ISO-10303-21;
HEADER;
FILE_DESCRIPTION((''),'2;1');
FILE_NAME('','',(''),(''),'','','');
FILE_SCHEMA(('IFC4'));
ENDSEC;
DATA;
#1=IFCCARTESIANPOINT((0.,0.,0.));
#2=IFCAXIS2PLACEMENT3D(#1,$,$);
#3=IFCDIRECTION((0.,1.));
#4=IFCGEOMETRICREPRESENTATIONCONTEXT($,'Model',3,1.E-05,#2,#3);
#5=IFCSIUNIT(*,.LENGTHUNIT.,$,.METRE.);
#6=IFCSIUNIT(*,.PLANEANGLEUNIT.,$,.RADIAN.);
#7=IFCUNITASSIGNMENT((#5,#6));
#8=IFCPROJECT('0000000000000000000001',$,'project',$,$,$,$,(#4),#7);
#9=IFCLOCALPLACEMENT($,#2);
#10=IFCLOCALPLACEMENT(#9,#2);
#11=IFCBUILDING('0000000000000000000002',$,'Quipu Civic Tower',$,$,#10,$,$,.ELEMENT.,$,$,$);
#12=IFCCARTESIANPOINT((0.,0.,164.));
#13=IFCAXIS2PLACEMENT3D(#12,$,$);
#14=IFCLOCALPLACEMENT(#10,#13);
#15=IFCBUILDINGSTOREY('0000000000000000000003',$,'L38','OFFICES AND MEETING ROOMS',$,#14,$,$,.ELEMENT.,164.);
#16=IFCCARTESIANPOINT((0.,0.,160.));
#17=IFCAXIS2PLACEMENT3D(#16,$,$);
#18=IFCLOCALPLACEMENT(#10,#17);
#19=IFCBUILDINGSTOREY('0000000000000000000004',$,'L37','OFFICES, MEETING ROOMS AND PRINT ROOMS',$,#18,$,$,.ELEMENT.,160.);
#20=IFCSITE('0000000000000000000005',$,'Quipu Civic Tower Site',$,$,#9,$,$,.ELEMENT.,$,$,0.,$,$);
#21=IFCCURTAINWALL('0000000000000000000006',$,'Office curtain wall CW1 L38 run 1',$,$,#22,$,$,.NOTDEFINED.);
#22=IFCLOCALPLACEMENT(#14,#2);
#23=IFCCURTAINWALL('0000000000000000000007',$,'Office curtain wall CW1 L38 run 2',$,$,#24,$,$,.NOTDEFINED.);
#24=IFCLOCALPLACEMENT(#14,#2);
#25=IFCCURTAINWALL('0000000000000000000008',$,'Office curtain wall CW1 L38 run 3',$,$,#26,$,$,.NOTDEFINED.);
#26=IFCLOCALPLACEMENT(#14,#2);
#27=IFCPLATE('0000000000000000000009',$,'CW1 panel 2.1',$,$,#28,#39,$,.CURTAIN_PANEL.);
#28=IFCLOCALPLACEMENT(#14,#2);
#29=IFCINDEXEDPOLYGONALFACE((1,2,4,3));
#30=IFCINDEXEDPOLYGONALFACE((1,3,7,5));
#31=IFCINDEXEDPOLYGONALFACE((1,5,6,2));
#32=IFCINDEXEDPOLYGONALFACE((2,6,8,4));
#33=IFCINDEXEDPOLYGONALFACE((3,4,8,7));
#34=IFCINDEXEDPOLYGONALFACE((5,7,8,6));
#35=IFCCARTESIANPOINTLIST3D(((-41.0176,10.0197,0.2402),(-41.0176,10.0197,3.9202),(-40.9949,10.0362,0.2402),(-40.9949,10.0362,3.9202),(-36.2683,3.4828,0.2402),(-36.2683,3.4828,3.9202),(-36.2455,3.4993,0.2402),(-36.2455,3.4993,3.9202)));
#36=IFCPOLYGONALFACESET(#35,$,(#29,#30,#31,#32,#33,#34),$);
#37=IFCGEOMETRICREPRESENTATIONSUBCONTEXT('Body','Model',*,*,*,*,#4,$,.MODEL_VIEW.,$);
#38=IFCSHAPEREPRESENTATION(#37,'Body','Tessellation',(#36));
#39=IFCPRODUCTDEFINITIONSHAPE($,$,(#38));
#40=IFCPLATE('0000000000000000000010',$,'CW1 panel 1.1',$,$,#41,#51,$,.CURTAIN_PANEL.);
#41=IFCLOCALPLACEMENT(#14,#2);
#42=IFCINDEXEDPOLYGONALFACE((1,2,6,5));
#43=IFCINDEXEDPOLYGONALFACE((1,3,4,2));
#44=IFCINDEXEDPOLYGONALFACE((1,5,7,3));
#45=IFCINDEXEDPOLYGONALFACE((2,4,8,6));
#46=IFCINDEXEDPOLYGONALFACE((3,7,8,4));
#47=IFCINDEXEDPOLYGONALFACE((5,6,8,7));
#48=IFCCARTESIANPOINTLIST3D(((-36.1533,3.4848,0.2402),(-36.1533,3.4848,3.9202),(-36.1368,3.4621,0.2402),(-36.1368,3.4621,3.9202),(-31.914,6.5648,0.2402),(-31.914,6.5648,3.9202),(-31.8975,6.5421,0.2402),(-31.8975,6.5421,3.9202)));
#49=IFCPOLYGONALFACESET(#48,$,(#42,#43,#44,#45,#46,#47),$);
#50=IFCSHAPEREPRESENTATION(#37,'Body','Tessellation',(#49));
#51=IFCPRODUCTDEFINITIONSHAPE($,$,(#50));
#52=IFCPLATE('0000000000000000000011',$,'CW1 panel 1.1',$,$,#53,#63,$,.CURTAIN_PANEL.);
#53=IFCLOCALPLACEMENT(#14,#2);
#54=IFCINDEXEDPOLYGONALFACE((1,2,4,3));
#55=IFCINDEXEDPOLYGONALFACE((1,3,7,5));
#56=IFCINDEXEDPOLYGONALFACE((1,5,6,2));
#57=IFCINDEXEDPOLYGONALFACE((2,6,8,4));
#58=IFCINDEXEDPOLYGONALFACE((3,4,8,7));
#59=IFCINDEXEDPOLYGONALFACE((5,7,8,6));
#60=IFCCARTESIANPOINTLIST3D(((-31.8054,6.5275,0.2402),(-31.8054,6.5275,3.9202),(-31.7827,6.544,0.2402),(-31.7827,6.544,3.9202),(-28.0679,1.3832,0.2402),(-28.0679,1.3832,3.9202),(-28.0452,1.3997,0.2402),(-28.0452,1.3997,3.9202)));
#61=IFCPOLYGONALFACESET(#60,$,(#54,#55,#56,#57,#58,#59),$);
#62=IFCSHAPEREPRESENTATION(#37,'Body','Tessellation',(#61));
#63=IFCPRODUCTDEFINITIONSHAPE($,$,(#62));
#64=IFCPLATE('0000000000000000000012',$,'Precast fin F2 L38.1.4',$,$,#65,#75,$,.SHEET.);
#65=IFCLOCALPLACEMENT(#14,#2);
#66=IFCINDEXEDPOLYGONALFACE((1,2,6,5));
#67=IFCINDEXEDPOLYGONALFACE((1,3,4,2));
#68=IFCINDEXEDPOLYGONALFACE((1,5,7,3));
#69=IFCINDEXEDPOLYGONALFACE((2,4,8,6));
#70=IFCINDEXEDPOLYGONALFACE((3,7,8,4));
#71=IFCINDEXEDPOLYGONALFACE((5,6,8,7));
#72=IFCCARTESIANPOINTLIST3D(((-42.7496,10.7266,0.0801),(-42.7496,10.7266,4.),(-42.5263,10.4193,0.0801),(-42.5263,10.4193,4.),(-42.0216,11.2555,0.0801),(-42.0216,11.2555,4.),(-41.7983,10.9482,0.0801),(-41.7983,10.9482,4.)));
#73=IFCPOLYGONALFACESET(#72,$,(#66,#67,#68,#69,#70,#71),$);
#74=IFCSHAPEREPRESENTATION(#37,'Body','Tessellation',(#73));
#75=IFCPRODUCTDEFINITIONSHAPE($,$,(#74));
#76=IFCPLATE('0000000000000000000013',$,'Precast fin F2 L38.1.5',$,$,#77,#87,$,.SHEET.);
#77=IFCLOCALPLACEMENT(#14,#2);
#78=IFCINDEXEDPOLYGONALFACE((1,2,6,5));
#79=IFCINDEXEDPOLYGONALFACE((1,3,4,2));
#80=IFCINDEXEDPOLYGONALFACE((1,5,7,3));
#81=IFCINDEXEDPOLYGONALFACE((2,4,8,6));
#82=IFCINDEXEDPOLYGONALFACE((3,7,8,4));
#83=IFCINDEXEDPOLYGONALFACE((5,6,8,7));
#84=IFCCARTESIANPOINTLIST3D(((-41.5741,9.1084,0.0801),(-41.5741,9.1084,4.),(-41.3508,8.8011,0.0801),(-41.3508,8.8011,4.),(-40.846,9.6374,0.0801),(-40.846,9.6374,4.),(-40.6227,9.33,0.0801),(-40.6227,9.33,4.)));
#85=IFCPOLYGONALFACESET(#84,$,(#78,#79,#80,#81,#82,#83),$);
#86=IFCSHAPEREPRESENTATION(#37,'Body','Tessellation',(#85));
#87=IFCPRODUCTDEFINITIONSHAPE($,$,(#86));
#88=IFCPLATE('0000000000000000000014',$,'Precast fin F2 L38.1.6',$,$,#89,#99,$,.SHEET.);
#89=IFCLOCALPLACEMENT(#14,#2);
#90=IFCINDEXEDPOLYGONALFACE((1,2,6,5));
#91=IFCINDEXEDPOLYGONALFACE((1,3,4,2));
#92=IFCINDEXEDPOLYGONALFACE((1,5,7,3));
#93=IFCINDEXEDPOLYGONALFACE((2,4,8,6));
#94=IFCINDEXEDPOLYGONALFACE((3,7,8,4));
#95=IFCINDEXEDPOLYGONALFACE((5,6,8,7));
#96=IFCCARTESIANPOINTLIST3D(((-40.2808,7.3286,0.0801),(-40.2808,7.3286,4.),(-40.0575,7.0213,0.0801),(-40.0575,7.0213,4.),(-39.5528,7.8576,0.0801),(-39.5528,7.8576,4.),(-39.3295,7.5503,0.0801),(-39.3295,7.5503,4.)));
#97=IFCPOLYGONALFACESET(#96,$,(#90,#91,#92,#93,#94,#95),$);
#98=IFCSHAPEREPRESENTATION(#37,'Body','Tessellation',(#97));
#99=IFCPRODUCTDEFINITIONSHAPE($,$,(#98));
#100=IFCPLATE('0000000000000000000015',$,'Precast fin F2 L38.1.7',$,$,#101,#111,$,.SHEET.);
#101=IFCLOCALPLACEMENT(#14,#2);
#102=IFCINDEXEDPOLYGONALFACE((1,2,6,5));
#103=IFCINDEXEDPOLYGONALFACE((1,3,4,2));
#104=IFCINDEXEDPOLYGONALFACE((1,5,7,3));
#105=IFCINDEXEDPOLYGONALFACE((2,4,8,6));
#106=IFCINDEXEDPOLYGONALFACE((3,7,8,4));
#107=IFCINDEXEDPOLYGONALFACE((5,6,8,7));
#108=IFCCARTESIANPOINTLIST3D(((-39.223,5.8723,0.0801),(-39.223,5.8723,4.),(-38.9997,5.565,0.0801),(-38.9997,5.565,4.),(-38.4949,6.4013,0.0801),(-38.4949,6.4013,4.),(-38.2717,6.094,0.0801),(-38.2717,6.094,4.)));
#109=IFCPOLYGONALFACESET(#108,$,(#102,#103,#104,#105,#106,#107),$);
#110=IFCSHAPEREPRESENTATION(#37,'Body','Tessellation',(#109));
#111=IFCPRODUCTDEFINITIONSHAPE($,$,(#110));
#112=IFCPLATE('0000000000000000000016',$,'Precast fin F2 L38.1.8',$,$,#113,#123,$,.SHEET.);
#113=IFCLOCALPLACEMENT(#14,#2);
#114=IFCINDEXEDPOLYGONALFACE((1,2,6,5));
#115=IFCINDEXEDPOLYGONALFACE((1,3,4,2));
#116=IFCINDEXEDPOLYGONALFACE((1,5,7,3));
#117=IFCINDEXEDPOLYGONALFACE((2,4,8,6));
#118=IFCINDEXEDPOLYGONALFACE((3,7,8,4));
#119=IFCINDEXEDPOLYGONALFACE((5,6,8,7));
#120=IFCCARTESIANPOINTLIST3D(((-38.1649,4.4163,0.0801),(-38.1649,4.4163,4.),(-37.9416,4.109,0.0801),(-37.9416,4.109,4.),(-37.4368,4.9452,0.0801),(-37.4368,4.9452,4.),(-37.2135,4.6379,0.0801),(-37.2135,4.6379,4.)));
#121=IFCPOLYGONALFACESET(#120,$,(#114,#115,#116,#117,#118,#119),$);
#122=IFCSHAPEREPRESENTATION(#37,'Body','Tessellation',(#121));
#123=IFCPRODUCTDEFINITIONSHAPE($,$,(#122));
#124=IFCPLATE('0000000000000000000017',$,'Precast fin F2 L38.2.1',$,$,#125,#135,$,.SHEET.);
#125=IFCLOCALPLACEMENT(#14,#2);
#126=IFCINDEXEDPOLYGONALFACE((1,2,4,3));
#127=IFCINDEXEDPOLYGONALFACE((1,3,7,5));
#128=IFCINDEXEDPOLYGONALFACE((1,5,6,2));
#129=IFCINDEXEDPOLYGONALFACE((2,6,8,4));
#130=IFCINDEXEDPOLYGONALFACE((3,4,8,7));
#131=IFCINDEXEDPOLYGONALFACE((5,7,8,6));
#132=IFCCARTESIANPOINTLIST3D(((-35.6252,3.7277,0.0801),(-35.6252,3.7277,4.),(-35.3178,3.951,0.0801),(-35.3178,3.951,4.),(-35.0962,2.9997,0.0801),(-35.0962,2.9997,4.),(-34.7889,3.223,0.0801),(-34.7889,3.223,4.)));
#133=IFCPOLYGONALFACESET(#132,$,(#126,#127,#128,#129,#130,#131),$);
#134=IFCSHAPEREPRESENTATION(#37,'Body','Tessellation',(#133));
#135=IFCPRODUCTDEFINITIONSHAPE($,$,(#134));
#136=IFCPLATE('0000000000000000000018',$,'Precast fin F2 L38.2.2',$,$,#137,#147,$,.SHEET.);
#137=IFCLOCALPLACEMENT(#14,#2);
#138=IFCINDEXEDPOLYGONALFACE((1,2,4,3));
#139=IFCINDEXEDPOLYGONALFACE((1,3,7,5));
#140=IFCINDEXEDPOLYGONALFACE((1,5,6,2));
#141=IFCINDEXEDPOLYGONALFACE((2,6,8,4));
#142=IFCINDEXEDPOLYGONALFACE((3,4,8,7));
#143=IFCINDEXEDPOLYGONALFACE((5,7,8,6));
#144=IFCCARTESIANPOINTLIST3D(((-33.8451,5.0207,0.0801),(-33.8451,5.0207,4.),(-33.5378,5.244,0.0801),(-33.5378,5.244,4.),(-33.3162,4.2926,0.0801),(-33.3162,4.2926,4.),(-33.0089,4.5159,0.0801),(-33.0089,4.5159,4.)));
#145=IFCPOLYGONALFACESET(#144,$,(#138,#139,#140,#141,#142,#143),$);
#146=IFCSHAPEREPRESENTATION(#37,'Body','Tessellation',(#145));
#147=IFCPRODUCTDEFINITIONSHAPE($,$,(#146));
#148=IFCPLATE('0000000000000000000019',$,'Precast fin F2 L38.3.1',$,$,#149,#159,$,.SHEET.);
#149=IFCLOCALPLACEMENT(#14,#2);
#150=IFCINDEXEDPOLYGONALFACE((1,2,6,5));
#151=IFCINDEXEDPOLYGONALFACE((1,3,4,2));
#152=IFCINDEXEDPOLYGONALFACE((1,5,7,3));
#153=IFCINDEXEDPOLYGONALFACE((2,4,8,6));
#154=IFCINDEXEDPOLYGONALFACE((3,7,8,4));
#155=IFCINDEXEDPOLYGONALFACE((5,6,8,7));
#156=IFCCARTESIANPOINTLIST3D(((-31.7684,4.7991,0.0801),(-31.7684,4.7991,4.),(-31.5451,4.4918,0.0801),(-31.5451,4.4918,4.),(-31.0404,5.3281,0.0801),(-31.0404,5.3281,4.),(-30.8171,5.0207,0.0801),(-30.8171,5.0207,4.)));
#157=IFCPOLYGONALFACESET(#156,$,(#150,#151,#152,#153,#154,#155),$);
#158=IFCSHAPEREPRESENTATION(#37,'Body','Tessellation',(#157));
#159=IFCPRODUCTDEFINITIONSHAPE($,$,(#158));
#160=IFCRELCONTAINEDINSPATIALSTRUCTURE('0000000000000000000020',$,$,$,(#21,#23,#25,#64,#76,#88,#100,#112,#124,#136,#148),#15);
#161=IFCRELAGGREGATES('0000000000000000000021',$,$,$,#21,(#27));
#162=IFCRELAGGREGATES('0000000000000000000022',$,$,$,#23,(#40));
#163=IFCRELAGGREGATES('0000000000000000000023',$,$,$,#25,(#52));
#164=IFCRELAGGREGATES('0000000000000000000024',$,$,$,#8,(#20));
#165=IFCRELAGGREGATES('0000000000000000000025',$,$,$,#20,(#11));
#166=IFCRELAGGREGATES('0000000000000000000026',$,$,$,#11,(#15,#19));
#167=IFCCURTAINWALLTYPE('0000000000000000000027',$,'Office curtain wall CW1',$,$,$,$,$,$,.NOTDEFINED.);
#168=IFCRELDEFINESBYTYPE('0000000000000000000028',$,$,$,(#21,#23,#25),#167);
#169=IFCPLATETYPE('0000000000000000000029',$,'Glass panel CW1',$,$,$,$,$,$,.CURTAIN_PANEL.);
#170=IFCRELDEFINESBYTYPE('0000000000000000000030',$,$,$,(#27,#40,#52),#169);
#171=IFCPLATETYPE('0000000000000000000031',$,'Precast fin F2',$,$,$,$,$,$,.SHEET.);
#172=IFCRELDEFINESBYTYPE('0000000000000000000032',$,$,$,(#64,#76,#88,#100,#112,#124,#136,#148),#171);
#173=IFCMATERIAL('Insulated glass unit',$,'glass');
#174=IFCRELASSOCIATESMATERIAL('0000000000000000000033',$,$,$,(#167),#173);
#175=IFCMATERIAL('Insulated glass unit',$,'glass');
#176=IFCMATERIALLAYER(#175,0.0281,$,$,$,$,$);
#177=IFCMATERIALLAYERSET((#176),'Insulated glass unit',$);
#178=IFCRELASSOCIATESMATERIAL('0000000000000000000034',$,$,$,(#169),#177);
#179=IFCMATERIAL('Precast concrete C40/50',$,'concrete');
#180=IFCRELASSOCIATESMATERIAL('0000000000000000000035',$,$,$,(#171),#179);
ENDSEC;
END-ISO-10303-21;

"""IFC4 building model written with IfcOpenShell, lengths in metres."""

from ifc_helpers import new_model, si_unit, direction, frame, origin, origin_2d, place, context, subcontext, project, spatial, rectangle, extrude, material, layer, layer_set, type_object, element, aggregate, save


model = new_model("IFC4")

# Units and contexts
model_context = context("Model", 3, precision=1e-05, world=origin(), true_north=direction((0.0, 1.0)))
body_context = subcontext(model_context, "Body", "Model", "MODEL_VIEW")
ifc_project = project(units=[si_unit("LENGTHUNIT", "METRE"), si_unit("PLANEANGLEUNIT", "RADIAN")], contexts=[model_context])

# Site, building, storey
site_placement = place(None, origin())
site = spatial("IfcSite", under=ifc_project, at=site_placement, Name="Quipu Civic Tower Site", CompositionType="ELEMENT", RefElevation=0.0)
building_placement = place(site_placement, origin())
building = spatial("IfcBuilding", under=site, at=building_placement, Name="Quipu Civic Tower", CompositionType="ELEMENT")
storey_1_placement = place(building_placement, frame((0.0, 0.0, 164.0)))
storey_1 = spatial("IfcBuildingStorey", under=building, at=storey_1_placement, Name="L38", Description="OFFICES AND MEETING ROOMS", CompositionType="ELEMENT", Elevation=164.0)

# Curtain walls
ifc_material_1 = material(Name="Insulated glass unit", Category="glass")
curtain_wall_type = type_object("IfcCurtainWallType", Name="Office curtain wall CW1", PredefinedType="NOTDEFINED", material=ifc_material_1)
curtain_wall_1_placement = place(storey_1_placement, origin())
curtain_wall_1 = element("IfcCurtainWall", 1, at=curtain_wall_1_placement, inside=storey_1, type_object=curtain_wall_type, Name="Office curtain wall CW1 L38 run 1", PredefinedType="NOTDEFINED")
curtain_wall_2_placement = place(storey_1_placement, origin())
curtain_wall_2 = element("IfcCurtainWall", 2, at=curtain_wall_2_placement, inside=storey_1, type_object=curtain_wall_type, Name="Office curtain wall CW1 L38 run 2", PredefinedType="NOTDEFINED")

# Curtain wall
curtain_wall_3_placement = place(storey_1_placement, origin())
curtain_wall_3 = element("IfcCurtainWall", 3, at=curtain_wall_3_placement, inside=storey_1, type_object=curtain_wall_type, Name="Office curtain wall CW1 L38 run 3", PredefinedType="NOTDEFINED")

# Shared definitions
storey_2_placement = place(building_placement, frame((0.0, 0.0, 160.0)))
storey_2 = spatial("IfcBuildingStorey", under=building, at=storey_2_placement, Name="L37", Description="OFFICES, MEETING ROOMS AND PRINT ROOMS", CompositionType="ELEMENT", Elevation=160.0)

# Plates
ifc_material_2 = material(Name="Insulated glass unit", Category="glass")
ifc_layer = layer(ifc_material_2, 0.0281)
ifc_layer_set = layer_set([ifc_layer], Name="Insulated glass unit")
plate_type_1 = type_object("IfcPlateType", Name="Glass panel CW1", PredefinedType="CURTAIN_PANEL", material=ifc_layer_set)
plate_1_placement = place(storey_1_placement, frame((-38.6316, 6.7595, 0.2402), z_axis=(0.0, 0.0, 1.0), x_axis=(0.587788, -0.809015, 0.0)))
plate_1 = element("IfcPlate", 4, at=plate_1_placement, type_object=plate_type_1, Name="CW1 panel 2.1", PredefinedType="CURTAIN_PANEL", context=body_context, shape_type="SweptSolid", body=[
    extrude(rectangle(XDim=8.0801, YDim=0.0281, at=origin_2d()), origin(), (0.0, 0.0, 1.0), 3.6799),
])
aggregate(curtain_wall_1, [plate_1])
plate_2_placement = place(storey_1_placement, frame((-34.0254, 5.0134, 0.2402), z_axis=(0.0, 0.0, 1.0), x_axis=(0.809021, 0.58778, 0.0)))
plate_2 = element("IfcPlate", 5, at=plate_2_placement, type_object=plate_type_1, Name="CW1 panel 1.1", PredefinedType="CURTAIN_PANEL", context=body_context, shape_type="SweptSolid", body=[
    extrude(rectangle(XDim=5.24, YDim=0.0281, at=origin_2d()), origin(), (0.0, 0.0, 1.0), 3.6799),
])
aggregate(curtain_wall_2, [plate_2])
plate_3_placement = place(storey_1_placement, frame((-29.9253, 3.9636, 0.2402), z_axis=(0.0, 0.0, 1.0), x_axis=(0.587778, -0.809022, 0.0)))
plate_3 = element("IfcPlate", 6, at=plate_3_placement, type_object=plate_type_1, Name="CW1 panel 1.1", PredefinedType="CURTAIN_PANEL", context=body_context, shape_type="SweptSolid", body=[
    extrude(rectangle(XDim=6.3586, YDim=0.0281, at=origin_2d()), origin(), (0.0, 0.0, 1.0), 3.6799),
])
aggregate(curtain_wall_3, [plate_3])

# Plates
ifc_material_3 = material(Name="Precast concrete C40/50", Category="concrete")
plate_type_2 = type_object("IfcPlateType", Name="Precast fin F2", PredefinedType="SHEET", material=ifc_material_3)
for number, where, z_axis, x_axis, name in (
    (7, (-42.2739, 10.8374, 0.0801), (0.0, 0.0, 1.0), (0.587787, -0.809016, 0.0), "Precast fin F2 L38.1.4"),
    (8, (-41.0984, 9.2192, 0.0801), (0.0, 0.0, 1.0), (0.587787, -0.809016, 0.0), "Precast fin F2 L38.1.5"),
    (9, (-39.8052, 7.4395, 0.0801), (0.0, 0.0, 1.0), (0.587787, -0.809016, 0.0), "Precast fin F2 L38.1.6"),
    (10, (-38.7473, 5.9832, 0.0801), (0.0, 0.0, 1.0), (0.587787, -0.809016, 0.0), "Precast fin F2 L38.1.7"),
    (11, (-37.6892, 4.5271, 0.0801), (0.0, 0.0, 1.0), (0.587787, -0.809016, 0.0), "Precast fin F2 L38.1.8"),
    (12, (-35.207, 3.4753, 0.0801), (0.0, 0.0, 1.0), (0.809021, 0.58778, 0.0), "Precast fin F2 L38.2.1"),
    (13, (-33.427, 4.7683, 0.0801), (0.0, 0.0, 1.0), (0.809021, 0.58778, 0.0), "Precast fin F2 L38.2.2"),
    (14, (-31.2927, 4.9099, 0.0801), (0.0, 0.0, 1.0), (0.587784, -0.809018, 0.0), "Precast fin F2 L38.3.1"),
):
    element("IfcPlate", number, at=place(storey_1_placement, frame(where, z_axis=z_axis, x_axis=x_axis)), inside=storey_1, type_object=plate_type_2, Name=name, PredefinedType="SHEET", context=body_context, shape_type="SweptSolid", body=[
        extrude(rectangle(XDim=0.3799, YDim=0.8999, at=origin_2d()), origin(), (0.0, 0.0, 1.0), 3.9199),
    ])

save(model, "model.ifc")
